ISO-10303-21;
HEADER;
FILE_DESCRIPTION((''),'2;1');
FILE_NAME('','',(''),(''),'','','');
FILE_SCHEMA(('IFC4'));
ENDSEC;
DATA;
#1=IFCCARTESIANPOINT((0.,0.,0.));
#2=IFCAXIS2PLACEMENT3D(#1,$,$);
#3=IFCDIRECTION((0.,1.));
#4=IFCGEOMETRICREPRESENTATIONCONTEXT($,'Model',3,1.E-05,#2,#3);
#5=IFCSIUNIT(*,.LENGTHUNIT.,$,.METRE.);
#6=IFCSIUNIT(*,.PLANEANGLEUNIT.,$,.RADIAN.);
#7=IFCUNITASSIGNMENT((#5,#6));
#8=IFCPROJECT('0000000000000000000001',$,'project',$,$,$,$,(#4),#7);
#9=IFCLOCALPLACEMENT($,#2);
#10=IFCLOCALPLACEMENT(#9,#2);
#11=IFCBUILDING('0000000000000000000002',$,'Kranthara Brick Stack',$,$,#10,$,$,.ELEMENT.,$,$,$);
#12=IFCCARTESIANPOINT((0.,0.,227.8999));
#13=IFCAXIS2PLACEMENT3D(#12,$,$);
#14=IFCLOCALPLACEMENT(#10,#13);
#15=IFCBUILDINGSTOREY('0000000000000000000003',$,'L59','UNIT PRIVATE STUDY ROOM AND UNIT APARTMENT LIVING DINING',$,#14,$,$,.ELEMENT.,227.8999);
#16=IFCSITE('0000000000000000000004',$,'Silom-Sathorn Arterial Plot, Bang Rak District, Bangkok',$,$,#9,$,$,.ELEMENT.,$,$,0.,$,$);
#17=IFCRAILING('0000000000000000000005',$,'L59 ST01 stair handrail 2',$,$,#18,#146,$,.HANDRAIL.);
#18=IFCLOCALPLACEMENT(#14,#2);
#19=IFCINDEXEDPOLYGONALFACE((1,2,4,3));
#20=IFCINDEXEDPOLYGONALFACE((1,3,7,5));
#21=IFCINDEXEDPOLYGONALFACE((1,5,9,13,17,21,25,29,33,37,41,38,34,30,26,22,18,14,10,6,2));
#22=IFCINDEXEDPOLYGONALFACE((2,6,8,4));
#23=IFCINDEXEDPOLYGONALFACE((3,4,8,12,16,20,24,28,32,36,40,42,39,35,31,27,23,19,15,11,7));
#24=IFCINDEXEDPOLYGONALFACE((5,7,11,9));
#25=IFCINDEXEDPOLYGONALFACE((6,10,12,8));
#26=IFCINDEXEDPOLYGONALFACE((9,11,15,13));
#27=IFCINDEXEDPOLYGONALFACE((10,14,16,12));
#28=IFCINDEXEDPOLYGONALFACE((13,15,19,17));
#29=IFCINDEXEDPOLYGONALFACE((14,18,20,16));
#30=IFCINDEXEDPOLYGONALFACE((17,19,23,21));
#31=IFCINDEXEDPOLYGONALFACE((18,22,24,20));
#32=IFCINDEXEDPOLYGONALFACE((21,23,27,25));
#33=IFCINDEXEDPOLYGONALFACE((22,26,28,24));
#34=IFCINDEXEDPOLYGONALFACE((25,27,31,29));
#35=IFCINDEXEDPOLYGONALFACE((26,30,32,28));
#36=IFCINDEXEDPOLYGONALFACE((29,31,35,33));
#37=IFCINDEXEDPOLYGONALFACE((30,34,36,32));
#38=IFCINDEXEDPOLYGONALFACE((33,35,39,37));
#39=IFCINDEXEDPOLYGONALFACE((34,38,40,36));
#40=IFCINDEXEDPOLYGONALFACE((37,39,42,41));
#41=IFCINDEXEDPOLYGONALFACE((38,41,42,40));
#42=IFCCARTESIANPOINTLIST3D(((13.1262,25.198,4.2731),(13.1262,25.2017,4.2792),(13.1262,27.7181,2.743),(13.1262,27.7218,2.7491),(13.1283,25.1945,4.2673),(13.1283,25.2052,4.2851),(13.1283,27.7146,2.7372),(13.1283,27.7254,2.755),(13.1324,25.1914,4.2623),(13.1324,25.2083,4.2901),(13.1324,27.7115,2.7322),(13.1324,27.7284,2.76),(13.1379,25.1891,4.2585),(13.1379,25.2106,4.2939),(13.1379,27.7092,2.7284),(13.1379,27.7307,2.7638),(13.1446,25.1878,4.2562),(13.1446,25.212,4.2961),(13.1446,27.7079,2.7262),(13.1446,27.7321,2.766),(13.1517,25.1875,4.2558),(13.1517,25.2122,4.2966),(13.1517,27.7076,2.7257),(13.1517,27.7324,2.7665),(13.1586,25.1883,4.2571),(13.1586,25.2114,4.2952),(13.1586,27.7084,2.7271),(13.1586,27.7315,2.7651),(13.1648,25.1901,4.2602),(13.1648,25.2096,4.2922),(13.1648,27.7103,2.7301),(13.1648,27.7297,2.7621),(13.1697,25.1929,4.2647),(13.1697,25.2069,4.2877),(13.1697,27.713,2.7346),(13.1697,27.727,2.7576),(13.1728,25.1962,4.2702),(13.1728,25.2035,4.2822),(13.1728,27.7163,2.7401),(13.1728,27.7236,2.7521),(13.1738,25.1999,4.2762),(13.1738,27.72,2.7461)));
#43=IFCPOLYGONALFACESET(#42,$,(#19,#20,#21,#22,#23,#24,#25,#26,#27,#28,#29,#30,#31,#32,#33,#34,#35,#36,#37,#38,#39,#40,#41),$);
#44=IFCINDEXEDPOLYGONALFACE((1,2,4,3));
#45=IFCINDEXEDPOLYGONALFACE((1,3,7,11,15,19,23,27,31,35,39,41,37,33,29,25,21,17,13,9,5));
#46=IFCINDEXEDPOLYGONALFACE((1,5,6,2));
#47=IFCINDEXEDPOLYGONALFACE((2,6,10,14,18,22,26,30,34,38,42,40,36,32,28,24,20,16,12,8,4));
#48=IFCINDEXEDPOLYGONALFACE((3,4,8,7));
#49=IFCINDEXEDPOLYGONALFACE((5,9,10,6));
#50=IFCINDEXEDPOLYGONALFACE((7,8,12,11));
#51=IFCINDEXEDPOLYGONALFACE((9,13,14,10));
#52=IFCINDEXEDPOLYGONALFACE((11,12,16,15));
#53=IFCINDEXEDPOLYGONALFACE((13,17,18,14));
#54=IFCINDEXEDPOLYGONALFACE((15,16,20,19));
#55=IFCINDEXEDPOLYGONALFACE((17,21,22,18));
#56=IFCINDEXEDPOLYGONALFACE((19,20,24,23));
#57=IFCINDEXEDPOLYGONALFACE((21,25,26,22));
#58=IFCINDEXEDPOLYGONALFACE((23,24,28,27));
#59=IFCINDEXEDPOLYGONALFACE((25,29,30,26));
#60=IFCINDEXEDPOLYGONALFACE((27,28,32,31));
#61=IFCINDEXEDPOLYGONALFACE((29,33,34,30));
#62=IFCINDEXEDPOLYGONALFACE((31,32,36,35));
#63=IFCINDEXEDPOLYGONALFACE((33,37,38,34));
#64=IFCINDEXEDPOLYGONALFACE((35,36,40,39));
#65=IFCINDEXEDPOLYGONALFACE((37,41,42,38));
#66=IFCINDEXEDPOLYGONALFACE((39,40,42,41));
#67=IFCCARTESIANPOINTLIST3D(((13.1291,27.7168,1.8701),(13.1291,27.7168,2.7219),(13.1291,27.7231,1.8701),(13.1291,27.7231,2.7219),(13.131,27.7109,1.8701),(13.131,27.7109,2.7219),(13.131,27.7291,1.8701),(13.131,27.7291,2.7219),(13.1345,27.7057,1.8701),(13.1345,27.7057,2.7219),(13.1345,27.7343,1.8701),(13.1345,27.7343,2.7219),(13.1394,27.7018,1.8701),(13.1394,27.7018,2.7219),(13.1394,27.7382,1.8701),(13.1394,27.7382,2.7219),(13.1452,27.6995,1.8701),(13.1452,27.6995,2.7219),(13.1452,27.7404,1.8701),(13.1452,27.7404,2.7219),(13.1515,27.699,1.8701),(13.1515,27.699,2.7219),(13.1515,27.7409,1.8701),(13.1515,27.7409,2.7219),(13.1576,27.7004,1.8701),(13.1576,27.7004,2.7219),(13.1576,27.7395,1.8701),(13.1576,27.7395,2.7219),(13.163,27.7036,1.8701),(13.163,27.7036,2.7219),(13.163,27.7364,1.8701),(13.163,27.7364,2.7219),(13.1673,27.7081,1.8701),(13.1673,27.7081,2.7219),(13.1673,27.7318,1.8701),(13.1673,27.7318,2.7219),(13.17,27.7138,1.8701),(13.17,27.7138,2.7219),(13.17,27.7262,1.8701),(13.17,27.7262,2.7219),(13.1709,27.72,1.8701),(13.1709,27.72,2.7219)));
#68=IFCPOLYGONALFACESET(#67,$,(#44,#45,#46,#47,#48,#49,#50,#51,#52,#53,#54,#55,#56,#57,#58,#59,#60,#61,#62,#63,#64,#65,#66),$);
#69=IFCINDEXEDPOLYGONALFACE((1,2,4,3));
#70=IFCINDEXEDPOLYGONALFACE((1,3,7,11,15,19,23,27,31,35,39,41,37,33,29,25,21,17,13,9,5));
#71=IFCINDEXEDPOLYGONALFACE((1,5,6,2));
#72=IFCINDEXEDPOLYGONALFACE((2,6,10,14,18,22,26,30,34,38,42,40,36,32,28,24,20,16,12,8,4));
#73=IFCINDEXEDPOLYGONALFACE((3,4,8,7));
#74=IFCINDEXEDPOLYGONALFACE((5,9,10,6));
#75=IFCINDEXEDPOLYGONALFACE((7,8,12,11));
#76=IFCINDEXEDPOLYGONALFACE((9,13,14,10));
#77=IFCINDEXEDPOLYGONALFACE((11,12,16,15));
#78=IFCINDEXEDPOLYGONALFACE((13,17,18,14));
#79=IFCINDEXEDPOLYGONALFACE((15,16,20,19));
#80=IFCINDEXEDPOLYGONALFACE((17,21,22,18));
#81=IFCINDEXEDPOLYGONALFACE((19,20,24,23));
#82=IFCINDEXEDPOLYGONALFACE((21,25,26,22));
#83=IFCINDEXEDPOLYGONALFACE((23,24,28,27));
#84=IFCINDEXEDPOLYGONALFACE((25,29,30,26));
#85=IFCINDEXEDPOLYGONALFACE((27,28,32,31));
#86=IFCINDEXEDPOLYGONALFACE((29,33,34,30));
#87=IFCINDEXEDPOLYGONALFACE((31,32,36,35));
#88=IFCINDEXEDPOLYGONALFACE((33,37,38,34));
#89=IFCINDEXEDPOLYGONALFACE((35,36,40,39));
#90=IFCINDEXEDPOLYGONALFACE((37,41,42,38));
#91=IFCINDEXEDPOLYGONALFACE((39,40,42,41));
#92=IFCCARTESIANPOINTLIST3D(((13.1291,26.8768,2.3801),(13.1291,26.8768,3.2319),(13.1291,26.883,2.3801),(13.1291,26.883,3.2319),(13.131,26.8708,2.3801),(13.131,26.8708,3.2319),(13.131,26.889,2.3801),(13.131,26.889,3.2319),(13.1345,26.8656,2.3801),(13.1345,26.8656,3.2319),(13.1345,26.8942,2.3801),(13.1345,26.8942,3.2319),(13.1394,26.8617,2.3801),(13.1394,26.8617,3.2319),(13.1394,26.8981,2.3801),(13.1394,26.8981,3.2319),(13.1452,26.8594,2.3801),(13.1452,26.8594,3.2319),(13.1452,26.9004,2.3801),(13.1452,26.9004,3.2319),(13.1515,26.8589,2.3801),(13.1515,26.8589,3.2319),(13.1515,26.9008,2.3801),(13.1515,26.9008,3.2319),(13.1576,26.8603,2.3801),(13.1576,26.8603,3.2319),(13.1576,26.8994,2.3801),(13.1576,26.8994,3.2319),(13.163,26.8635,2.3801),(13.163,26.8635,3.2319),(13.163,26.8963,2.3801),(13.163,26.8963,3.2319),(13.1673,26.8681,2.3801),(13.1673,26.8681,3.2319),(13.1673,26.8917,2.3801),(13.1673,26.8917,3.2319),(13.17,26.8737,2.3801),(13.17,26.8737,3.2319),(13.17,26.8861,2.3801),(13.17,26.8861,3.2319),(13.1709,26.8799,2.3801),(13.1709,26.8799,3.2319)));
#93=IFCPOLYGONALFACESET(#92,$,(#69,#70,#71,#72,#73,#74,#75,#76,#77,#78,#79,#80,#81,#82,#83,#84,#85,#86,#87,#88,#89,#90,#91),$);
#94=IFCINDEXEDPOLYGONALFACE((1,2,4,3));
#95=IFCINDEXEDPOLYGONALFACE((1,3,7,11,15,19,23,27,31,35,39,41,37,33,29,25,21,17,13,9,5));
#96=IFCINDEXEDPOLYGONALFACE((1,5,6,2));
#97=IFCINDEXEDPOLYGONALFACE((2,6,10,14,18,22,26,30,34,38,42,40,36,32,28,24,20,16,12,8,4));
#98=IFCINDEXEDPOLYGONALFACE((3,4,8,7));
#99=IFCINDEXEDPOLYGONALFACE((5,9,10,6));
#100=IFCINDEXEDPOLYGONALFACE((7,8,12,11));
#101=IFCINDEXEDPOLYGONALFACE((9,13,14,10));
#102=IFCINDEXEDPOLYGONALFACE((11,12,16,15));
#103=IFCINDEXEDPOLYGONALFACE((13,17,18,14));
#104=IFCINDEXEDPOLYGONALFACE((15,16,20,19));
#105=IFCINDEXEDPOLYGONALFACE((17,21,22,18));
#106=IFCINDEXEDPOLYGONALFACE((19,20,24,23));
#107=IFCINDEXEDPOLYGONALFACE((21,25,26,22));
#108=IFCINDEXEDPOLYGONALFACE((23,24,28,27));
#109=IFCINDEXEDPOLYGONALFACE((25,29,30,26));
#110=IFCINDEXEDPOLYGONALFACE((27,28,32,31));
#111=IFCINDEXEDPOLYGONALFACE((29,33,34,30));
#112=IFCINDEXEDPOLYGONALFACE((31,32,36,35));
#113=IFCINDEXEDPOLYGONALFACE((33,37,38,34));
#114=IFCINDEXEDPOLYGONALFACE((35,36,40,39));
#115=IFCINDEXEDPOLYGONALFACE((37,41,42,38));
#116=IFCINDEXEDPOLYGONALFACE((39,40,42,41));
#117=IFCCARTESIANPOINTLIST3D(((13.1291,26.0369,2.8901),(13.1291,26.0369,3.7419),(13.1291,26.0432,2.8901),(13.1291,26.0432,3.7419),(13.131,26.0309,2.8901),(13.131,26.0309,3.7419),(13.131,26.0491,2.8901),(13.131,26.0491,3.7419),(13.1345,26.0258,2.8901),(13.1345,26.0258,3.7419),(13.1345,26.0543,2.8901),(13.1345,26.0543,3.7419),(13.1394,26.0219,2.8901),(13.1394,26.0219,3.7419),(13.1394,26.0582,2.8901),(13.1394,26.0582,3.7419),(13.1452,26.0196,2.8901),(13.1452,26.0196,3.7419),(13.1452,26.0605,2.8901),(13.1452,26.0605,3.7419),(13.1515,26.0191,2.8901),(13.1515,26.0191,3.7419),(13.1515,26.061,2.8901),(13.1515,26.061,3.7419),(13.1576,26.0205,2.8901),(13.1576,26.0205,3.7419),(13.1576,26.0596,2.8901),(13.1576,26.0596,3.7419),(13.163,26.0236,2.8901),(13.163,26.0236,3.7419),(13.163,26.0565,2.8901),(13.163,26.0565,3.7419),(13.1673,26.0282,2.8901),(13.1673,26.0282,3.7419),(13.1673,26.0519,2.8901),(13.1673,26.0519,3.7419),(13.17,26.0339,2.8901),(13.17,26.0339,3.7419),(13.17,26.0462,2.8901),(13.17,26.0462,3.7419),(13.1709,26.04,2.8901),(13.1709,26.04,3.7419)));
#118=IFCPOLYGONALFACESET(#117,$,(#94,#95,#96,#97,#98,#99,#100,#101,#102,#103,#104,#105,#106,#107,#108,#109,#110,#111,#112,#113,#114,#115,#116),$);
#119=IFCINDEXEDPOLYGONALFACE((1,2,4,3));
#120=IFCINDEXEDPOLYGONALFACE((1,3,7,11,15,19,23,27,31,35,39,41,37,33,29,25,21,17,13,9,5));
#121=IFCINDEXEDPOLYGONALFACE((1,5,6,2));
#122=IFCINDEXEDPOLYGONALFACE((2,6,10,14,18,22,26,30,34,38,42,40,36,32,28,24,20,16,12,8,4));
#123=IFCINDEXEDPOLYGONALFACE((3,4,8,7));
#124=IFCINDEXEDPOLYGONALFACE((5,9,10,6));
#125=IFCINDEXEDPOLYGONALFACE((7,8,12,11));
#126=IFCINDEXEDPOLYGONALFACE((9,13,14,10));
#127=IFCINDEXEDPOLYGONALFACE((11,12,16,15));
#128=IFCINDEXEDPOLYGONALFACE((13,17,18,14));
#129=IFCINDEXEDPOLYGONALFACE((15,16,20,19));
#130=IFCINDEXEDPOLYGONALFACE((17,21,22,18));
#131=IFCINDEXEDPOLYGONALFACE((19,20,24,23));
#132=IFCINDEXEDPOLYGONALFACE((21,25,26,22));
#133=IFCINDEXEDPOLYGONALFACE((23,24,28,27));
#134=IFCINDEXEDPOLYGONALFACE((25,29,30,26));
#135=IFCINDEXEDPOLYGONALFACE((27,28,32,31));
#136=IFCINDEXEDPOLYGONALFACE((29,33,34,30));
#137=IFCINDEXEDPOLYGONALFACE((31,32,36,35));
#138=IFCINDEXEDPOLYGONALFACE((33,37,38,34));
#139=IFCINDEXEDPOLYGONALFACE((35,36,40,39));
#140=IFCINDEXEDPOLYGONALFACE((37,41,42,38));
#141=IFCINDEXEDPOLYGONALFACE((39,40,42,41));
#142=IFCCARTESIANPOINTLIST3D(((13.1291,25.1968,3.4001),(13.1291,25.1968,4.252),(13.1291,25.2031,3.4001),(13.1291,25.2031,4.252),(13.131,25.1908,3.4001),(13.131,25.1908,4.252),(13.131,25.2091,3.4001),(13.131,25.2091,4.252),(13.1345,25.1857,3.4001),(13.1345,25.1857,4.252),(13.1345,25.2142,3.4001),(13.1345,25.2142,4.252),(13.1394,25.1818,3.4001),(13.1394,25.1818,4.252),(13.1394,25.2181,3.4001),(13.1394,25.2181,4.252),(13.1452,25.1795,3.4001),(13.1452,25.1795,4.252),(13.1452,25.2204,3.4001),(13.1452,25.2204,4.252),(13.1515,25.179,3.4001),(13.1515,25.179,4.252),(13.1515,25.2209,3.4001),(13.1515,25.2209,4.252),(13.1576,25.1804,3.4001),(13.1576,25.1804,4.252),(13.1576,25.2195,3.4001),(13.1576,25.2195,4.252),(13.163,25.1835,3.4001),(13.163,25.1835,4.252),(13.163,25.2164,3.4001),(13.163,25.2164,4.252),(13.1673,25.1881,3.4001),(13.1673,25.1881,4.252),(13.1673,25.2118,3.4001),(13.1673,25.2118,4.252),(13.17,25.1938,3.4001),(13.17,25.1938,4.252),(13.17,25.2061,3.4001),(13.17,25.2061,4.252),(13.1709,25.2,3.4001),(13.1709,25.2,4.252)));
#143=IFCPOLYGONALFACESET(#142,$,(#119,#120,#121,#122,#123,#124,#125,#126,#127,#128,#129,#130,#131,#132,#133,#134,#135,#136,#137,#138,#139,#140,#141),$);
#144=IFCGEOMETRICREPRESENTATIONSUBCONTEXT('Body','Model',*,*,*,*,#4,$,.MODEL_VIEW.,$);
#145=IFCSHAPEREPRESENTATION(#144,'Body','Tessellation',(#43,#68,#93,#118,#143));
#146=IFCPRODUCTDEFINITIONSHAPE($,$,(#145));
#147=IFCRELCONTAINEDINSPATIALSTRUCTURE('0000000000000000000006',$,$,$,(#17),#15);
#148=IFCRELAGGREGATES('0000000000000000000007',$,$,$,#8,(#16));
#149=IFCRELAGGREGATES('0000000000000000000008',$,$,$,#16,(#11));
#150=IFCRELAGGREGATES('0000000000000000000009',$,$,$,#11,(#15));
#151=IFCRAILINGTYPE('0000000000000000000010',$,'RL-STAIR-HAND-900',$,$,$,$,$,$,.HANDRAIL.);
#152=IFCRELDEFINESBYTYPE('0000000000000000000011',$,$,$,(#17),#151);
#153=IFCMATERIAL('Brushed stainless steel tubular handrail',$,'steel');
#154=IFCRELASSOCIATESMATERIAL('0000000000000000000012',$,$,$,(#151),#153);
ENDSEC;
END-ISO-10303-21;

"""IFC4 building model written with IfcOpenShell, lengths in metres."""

from ifc_helpers import new_model, si_unit, direction, frame, origin, origin_2d, place, context, subcontext, project, spatial, circle, extrude, material, type_object, element, save


model = new_model("IFC4")

# Units and contexts
model_context = context("Model", 3, precision=1e-05, world=origin(), true_north=direction((0.0, 1.0)))
body_context = subcontext(model_context, "Body", "Model", "MODEL_VIEW")
ifc_project = project(units=[si_unit("LENGTHUNIT", "METRE"), si_unit("PLANEANGLEUNIT", "RADIAN")], contexts=[model_context])

# Site, building, storey
site_placement = place(None, origin())
site = spatial("IfcSite", under=ifc_project, at=site_placement, Name="Silom-Sathorn Arterial Plot, Bang Rak District, Bangkok", CompositionType="ELEMENT", RefElevation=0.0)
building_placement = place(site_placement, origin())
building = spatial("IfcBuilding", under=site, at=building_placement, Name="Kranthara Brick Stack", CompositionType="ELEMENT")
storey_placement = place(building_placement, frame((0.0, 0.0, 227.8999)))
storey = spatial("IfcBuildingStorey", under=building, at=storey_placement, Name="L59", Description="UNIT PRIVATE STUDY ROOM AND UNIT APARTMENT LIVING DINING", CompositionType="ELEMENT", Elevation=227.8999)

# Railing
ifc_material_1 = material(Name="Brushed stainless steel tubular handrail", Category="steel")
railing_type_1 = type_object("IfcRailingType", Name="RL-STAIR-HAND-900", PredefinedType="HANDRAIL", material=ifc_material_1)
railing_1_placement = place(storey_placement, frame((13.1499, 27.72, 1.8701)))
element("IfcRailing", 1, at=railing_1_placement, inside=storey, type_object=railing_type_1, Name="L59 ST01 stair handrail 2", PredefinedType="HANDRAIL", context=body_context, shape_type="SweptSolid", body=[
    extrude(circle(Radius=0.0239, at=origin_2d()), frame((0.0, 0.0, 0.876), z_axis=(0.0, -0.854785, 0.518982), x_axis=(1.0, 0.0, 0.0)), (0.0, 0.0, 1.0), 2.9482),
    extrude(circle(Radius=0.021, at=origin_2d()), origin(), (0.0, 0.0, 1.0), 0.8518),
    extrude(circle(Radius=0.021, at=origin_2d()), frame((0.0, -0.8401, 0.51)), (0.0, 0.0, 1.0), 0.8518),
    extrude(circle(Radius=0.021, at=origin_2d()), frame((0.0, -1.6799, 1.02)), (0.0, 0.0, 1.0), 0.8518),
    extrude(circle(Radius=0.021, at=origin_2d()), frame((0.0, -2.52, 1.53)), (0.0, 0.0, 1.0), 0.8518),
])

save(model, "model.ifc")
